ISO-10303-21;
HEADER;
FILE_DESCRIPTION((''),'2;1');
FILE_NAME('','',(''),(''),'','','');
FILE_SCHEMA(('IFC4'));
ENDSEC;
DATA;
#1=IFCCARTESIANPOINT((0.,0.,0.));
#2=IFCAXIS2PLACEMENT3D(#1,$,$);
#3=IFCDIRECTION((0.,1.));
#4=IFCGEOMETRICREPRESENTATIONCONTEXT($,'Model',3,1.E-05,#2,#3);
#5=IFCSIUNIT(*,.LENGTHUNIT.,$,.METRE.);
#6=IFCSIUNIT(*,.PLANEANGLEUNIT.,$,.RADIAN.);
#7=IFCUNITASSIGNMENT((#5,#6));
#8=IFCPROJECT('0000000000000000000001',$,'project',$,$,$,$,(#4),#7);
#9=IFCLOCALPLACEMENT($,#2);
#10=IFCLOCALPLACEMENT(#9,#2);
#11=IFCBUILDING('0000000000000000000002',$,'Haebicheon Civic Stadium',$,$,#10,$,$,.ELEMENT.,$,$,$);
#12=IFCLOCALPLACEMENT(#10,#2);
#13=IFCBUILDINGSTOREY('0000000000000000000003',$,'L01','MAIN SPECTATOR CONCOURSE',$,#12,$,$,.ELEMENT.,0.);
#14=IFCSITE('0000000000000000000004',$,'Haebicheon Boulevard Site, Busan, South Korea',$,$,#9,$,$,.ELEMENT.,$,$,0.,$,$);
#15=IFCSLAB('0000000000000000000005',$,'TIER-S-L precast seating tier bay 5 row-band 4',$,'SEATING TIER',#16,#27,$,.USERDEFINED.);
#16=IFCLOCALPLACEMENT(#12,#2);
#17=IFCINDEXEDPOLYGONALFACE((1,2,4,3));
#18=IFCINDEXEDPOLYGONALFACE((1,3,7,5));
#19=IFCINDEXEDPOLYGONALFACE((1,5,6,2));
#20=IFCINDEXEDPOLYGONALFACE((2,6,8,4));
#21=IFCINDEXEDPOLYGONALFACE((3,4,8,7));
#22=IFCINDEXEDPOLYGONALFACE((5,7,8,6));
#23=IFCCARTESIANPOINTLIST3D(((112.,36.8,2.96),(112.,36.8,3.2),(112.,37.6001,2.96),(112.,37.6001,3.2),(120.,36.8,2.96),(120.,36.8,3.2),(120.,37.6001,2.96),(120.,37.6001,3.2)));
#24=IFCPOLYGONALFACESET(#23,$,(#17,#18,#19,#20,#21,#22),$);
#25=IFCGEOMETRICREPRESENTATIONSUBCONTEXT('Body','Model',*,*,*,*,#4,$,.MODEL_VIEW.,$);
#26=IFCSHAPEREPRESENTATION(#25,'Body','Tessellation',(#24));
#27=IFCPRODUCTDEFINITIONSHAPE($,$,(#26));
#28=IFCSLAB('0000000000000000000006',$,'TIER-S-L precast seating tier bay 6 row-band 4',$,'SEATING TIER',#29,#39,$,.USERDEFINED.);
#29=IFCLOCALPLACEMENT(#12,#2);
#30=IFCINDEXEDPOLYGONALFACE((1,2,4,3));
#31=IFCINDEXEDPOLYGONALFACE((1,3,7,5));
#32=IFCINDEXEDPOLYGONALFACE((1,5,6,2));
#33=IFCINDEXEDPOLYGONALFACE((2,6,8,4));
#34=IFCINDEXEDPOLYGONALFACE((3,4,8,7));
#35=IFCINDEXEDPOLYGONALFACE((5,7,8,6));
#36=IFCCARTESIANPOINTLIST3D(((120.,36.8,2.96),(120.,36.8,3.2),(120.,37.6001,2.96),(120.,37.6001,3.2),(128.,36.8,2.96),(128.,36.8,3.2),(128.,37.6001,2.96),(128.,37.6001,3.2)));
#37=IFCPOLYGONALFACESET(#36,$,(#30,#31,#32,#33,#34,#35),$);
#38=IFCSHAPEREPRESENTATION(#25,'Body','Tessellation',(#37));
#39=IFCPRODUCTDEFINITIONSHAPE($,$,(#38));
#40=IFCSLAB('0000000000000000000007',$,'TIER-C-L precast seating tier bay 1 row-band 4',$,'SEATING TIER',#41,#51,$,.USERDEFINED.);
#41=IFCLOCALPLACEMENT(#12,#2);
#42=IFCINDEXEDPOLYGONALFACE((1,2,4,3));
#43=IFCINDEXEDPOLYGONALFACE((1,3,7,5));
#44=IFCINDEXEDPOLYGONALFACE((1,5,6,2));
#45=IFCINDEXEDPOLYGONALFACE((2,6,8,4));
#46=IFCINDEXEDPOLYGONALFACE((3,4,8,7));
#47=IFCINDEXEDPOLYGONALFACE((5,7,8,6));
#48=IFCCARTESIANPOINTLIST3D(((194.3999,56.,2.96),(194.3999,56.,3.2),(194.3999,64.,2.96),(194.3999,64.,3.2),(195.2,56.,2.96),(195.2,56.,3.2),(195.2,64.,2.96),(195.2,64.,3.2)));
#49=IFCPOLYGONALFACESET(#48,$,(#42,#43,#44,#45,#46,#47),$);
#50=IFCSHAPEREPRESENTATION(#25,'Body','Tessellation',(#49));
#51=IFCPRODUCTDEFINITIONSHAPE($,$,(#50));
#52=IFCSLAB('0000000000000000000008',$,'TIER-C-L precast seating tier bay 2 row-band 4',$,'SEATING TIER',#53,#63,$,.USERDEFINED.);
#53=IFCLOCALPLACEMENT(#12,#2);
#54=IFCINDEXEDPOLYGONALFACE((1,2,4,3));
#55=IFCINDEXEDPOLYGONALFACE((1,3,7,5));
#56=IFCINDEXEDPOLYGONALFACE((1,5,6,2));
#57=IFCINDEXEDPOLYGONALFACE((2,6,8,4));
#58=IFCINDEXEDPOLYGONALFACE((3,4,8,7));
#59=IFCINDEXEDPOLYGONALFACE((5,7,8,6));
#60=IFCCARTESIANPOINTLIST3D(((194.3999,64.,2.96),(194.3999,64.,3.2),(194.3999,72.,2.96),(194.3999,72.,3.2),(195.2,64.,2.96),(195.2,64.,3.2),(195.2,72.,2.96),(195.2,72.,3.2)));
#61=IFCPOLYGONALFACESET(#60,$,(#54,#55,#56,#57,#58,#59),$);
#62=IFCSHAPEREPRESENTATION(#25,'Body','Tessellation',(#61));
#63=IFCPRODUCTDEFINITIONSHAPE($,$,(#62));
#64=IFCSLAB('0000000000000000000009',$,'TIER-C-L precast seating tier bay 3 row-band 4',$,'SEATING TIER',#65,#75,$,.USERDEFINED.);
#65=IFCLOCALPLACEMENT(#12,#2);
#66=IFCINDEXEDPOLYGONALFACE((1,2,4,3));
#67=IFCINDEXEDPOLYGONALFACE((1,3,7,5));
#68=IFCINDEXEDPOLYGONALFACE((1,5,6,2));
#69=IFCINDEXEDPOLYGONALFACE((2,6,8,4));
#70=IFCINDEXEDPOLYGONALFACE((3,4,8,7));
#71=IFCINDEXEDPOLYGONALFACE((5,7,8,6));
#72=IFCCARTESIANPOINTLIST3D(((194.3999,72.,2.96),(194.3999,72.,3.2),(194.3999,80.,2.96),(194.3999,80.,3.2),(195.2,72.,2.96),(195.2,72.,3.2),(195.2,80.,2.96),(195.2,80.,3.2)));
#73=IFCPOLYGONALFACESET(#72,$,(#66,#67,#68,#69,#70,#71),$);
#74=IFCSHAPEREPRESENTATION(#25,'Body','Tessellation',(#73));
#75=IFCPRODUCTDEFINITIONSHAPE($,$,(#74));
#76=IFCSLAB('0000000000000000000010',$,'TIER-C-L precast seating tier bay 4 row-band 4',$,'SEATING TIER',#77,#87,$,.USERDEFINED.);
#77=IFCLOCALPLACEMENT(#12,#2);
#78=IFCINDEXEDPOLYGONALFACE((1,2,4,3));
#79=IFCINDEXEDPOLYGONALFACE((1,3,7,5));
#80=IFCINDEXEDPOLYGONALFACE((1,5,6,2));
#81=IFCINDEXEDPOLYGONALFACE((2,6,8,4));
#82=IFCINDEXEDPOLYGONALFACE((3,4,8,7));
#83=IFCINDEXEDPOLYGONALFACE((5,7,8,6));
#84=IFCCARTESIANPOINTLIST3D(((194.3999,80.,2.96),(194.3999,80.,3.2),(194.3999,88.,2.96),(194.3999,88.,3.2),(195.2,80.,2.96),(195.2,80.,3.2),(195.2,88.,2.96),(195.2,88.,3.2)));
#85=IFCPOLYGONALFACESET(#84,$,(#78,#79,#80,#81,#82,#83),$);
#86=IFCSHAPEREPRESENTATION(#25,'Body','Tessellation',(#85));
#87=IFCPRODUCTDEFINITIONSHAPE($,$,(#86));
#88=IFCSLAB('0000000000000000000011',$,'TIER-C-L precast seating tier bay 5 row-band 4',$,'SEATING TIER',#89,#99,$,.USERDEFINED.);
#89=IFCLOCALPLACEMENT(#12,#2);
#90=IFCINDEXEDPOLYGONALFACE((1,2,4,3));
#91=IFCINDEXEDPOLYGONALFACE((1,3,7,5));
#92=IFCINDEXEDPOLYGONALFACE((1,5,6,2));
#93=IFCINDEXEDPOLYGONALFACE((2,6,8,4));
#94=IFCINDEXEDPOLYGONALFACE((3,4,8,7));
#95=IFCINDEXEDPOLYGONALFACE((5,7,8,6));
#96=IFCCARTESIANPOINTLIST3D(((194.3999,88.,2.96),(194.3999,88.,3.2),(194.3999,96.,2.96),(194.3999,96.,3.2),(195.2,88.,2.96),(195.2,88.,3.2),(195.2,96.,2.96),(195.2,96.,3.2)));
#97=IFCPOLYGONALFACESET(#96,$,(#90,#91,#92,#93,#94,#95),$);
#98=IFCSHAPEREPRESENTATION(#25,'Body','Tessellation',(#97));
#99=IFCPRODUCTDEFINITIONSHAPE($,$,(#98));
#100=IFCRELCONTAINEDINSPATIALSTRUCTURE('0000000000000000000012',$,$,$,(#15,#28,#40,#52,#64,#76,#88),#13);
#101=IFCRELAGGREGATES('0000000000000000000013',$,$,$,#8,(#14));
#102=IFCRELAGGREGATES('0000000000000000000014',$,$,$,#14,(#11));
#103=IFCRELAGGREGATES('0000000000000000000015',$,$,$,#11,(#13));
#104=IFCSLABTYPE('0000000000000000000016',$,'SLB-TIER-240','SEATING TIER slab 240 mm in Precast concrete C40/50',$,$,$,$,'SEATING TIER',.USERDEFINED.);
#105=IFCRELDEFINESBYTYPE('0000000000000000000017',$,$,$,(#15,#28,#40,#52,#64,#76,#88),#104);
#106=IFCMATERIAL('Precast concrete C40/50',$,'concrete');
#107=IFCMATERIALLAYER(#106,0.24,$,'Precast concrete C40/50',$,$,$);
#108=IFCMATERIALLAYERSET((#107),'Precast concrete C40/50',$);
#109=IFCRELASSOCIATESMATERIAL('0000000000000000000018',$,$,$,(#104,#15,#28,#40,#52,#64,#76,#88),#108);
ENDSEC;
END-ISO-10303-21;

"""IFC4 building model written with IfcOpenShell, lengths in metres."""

from ifc_helpers import new_model, si_unit, direction, frame, origin, place, context, subcontext, project, spatial, polyline, outline, extrude, material, layer, layer_set, type_object, element, save


model = new_model("IFC4")

# Units and contexts
model_context = context("Model", 3, precision=1e-05, world=origin(), true_north=direction((0.0, 1.0)))
body_context = subcontext(model_context, "Body", "Model", "MODEL_VIEW")
ifc_project = project(units=[si_unit("LENGTHUNIT", "METRE"), si_unit("PLANEANGLEUNIT", "RADIAN")], contexts=[model_context])

# Site, building, storey
site_placement = place(None, origin())
site = spatial("IfcSite", under=ifc_project, at=site_placement, Name="Haebicheon Boulevard Site, Busan, South Korea", CompositionType="ELEMENT", RefElevation=0.0)
building_placement = place(site_placement, origin())
building = spatial("IfcBuilding", under=site, at=building_placement, Name="Haebicheon Civic Stadium", CompositionType="ELEMENT")
storey_placement = place(building_placement, origin())
storey = spatial("IfcBuildingStorey", under=building, at=storey_placement, Name="L01", Description="MAIN SPECTATOR CONCOURSE", CompositionType="ELEMENT", Elevation=0.0)

# Slabs
ifc_material = material(Name="Precast concrete C40/50", Category="concrete")
ifc_layer = layer(ifc_material, 0.24, Name="Precast concrete C40/50")
ifc_layer_set = layer_set([ifc_layer], Name="Precast concrete C40/50")
slab_type = type_object("IfcSlabType", Name="SLB-TIER-240", Description="SEATING TIER slab 240 mm in Precast concrete C40/50", ElementType="SEATING TIER", PredefinedType="USERDEFINED", material=ifc_layer_set)
slab_1_placement = place(storey_placement, frame((0.0, 0.0, 2.96)))
element("IfcSlab", 1, at=slab_1_placement, inside=storey, type_object=slab_type, material=ifc_layer_set, Name="TIER-S-L precast seating tier bay 5 row-band 4", ObjectType="SEATING TIER", PredefinedType="USERDEFINED", context=body_context, shape_type="SweptSolid", body=[
    extrude(outline(polyline([(112.0, 36.8), (120.0, 36.8), (120.0, 37.6001), (112.0, 37.6001), (112.0, 36.8)])), origin(), (0.0, 0.0, 1.0), 0.24),
])
slab_2_placement = place(storey_placement, frame((0.0, 0.0, 2.96)))
element("IfcSlab", 2, at=slab_2_placement, inside=storey, type_object=slab_type, material=ifc_layer_set, Name="TIER-S-L precast seating tier bay 6 row-band 4", ObjectType="SEATING TIER", PredefinedType="USERDEFINED", context=body_context, shape_type="SweptSolid", body=[
    extrude(outline(polyline([(120.0, 36.8), (128.0, 36.8), (128.0, 37.6001), (120.0, 37.6001), (120.0, 36.8)])), origin(), (0.0, 0.0, 1.0), 0.24),
])
slab_3_placement = place(storey_placement, frame((0.0, 0.0, 2.96)))
element("IfcSlab", 3, at=slab_3_placement, inside=storey, type_object=slab_type, material=ifc_layer_set, Name="TIER-C-L precast seating tier bay 1 row-band 4", ObjectType="SEATING TIER", PredefinedType="USERDEFINED", context=body_context, shape_type="SweptSolid", body=[
    extrude(outline(polyline([(194.3999, 56.0), (195.2, 56.0), (195.2, 64.0), (194.3999, 64.0), (194.3999, 56.0)])), origin(), (0.0, 0.0, 1.0), 0.24),
])
slab_4_placement = place(storey_placement, frame((0.0, 0.0, 2.96)))
element("IfcSlab", 4, at=slab_4_placement, inside=storey, type_object=slab_type, material=ifc_layer_set, Name="TIER-C-L precast seating tier bay 2 row-band 4", ObjectType="SEATING TIER", PredefinedType="USERDEFINED", context=body_context, shape_type="SweptSolid", body=[
    extrude(outline(polyline([(194.3999, 64.0), (195.2, 64.0), (195.2, 72.0), (194.3999, 72.0), (194.3999, 64.0)])), origin(), (0.0, 0.0, 1.0), 0.24),
])
slab_5_placement = place(storey_placement, frame((0.0, 0.0, 2.96)))
element("IfcSlab", 5, at=slab_5_placement, inside=storey, type_object=slab_type, material=ifc_layer_set, Name="TIER-C-L precast seating tier bay 3 row-band 4", ObjectType="SEATING TIER", PredefinedType="USERDEFINED", context=body_context, shape_type="SweptSolid", body=[
    extrude(outline(polyline([(194.3999, 72.0), (195.2, 72.0), (195.2, 80.0), (194.3999, 80.0), (194.3999, 72.0)])), origin(), (0.0, 0.0, 1.0), 0.24),
])
slab_6_placement = place(storey_placement, frame((0.0, 0.0, 2.96)))
element("IfcSlab", 6, at=slab_6_placement, inside=storey, type_object=slab_type, material=ifc_layer_set, Name="TIER-C-L precast seating tier bay 4 row-band 4", ObjectType="SEATING TIER", PredefinedType="USERDEFINED", context=body_context, shape_type="SweptSolid", body=[
    extrude(outline(polyline([(194.3999, 80.0), (195.2, 80.0), (195.2, 88.0), (194.3999, 88.0), (194.3999, 80.0)])), origin(), (0.0, 0.0, 1.0), 0.24),
])
slab_7_placement = place(storey_placement, frame((0.0, 0.0, 2.96)))
element("IfcSlab", 7, at=slab_7_placement, inside=storey, type_object=slab_type, material=ifc_layer_set, Name="TIER-C-L precast seating tier bay 5 row-band 4", ObjectType="SEATING TIER", PredefinedType="USERDEFINED", context=body_context, shape_type="SweptSolid", body=[
    extrude(outline(polyline([(194.3999, 88.0), (195.2, 88.0), (195.2, 96.0), (194.3999, 96.0), (194.3999, 88.0)])), origin(), (0.0, 0.0, 1.0), 0.24),
])

save(model, "model.ifc")
